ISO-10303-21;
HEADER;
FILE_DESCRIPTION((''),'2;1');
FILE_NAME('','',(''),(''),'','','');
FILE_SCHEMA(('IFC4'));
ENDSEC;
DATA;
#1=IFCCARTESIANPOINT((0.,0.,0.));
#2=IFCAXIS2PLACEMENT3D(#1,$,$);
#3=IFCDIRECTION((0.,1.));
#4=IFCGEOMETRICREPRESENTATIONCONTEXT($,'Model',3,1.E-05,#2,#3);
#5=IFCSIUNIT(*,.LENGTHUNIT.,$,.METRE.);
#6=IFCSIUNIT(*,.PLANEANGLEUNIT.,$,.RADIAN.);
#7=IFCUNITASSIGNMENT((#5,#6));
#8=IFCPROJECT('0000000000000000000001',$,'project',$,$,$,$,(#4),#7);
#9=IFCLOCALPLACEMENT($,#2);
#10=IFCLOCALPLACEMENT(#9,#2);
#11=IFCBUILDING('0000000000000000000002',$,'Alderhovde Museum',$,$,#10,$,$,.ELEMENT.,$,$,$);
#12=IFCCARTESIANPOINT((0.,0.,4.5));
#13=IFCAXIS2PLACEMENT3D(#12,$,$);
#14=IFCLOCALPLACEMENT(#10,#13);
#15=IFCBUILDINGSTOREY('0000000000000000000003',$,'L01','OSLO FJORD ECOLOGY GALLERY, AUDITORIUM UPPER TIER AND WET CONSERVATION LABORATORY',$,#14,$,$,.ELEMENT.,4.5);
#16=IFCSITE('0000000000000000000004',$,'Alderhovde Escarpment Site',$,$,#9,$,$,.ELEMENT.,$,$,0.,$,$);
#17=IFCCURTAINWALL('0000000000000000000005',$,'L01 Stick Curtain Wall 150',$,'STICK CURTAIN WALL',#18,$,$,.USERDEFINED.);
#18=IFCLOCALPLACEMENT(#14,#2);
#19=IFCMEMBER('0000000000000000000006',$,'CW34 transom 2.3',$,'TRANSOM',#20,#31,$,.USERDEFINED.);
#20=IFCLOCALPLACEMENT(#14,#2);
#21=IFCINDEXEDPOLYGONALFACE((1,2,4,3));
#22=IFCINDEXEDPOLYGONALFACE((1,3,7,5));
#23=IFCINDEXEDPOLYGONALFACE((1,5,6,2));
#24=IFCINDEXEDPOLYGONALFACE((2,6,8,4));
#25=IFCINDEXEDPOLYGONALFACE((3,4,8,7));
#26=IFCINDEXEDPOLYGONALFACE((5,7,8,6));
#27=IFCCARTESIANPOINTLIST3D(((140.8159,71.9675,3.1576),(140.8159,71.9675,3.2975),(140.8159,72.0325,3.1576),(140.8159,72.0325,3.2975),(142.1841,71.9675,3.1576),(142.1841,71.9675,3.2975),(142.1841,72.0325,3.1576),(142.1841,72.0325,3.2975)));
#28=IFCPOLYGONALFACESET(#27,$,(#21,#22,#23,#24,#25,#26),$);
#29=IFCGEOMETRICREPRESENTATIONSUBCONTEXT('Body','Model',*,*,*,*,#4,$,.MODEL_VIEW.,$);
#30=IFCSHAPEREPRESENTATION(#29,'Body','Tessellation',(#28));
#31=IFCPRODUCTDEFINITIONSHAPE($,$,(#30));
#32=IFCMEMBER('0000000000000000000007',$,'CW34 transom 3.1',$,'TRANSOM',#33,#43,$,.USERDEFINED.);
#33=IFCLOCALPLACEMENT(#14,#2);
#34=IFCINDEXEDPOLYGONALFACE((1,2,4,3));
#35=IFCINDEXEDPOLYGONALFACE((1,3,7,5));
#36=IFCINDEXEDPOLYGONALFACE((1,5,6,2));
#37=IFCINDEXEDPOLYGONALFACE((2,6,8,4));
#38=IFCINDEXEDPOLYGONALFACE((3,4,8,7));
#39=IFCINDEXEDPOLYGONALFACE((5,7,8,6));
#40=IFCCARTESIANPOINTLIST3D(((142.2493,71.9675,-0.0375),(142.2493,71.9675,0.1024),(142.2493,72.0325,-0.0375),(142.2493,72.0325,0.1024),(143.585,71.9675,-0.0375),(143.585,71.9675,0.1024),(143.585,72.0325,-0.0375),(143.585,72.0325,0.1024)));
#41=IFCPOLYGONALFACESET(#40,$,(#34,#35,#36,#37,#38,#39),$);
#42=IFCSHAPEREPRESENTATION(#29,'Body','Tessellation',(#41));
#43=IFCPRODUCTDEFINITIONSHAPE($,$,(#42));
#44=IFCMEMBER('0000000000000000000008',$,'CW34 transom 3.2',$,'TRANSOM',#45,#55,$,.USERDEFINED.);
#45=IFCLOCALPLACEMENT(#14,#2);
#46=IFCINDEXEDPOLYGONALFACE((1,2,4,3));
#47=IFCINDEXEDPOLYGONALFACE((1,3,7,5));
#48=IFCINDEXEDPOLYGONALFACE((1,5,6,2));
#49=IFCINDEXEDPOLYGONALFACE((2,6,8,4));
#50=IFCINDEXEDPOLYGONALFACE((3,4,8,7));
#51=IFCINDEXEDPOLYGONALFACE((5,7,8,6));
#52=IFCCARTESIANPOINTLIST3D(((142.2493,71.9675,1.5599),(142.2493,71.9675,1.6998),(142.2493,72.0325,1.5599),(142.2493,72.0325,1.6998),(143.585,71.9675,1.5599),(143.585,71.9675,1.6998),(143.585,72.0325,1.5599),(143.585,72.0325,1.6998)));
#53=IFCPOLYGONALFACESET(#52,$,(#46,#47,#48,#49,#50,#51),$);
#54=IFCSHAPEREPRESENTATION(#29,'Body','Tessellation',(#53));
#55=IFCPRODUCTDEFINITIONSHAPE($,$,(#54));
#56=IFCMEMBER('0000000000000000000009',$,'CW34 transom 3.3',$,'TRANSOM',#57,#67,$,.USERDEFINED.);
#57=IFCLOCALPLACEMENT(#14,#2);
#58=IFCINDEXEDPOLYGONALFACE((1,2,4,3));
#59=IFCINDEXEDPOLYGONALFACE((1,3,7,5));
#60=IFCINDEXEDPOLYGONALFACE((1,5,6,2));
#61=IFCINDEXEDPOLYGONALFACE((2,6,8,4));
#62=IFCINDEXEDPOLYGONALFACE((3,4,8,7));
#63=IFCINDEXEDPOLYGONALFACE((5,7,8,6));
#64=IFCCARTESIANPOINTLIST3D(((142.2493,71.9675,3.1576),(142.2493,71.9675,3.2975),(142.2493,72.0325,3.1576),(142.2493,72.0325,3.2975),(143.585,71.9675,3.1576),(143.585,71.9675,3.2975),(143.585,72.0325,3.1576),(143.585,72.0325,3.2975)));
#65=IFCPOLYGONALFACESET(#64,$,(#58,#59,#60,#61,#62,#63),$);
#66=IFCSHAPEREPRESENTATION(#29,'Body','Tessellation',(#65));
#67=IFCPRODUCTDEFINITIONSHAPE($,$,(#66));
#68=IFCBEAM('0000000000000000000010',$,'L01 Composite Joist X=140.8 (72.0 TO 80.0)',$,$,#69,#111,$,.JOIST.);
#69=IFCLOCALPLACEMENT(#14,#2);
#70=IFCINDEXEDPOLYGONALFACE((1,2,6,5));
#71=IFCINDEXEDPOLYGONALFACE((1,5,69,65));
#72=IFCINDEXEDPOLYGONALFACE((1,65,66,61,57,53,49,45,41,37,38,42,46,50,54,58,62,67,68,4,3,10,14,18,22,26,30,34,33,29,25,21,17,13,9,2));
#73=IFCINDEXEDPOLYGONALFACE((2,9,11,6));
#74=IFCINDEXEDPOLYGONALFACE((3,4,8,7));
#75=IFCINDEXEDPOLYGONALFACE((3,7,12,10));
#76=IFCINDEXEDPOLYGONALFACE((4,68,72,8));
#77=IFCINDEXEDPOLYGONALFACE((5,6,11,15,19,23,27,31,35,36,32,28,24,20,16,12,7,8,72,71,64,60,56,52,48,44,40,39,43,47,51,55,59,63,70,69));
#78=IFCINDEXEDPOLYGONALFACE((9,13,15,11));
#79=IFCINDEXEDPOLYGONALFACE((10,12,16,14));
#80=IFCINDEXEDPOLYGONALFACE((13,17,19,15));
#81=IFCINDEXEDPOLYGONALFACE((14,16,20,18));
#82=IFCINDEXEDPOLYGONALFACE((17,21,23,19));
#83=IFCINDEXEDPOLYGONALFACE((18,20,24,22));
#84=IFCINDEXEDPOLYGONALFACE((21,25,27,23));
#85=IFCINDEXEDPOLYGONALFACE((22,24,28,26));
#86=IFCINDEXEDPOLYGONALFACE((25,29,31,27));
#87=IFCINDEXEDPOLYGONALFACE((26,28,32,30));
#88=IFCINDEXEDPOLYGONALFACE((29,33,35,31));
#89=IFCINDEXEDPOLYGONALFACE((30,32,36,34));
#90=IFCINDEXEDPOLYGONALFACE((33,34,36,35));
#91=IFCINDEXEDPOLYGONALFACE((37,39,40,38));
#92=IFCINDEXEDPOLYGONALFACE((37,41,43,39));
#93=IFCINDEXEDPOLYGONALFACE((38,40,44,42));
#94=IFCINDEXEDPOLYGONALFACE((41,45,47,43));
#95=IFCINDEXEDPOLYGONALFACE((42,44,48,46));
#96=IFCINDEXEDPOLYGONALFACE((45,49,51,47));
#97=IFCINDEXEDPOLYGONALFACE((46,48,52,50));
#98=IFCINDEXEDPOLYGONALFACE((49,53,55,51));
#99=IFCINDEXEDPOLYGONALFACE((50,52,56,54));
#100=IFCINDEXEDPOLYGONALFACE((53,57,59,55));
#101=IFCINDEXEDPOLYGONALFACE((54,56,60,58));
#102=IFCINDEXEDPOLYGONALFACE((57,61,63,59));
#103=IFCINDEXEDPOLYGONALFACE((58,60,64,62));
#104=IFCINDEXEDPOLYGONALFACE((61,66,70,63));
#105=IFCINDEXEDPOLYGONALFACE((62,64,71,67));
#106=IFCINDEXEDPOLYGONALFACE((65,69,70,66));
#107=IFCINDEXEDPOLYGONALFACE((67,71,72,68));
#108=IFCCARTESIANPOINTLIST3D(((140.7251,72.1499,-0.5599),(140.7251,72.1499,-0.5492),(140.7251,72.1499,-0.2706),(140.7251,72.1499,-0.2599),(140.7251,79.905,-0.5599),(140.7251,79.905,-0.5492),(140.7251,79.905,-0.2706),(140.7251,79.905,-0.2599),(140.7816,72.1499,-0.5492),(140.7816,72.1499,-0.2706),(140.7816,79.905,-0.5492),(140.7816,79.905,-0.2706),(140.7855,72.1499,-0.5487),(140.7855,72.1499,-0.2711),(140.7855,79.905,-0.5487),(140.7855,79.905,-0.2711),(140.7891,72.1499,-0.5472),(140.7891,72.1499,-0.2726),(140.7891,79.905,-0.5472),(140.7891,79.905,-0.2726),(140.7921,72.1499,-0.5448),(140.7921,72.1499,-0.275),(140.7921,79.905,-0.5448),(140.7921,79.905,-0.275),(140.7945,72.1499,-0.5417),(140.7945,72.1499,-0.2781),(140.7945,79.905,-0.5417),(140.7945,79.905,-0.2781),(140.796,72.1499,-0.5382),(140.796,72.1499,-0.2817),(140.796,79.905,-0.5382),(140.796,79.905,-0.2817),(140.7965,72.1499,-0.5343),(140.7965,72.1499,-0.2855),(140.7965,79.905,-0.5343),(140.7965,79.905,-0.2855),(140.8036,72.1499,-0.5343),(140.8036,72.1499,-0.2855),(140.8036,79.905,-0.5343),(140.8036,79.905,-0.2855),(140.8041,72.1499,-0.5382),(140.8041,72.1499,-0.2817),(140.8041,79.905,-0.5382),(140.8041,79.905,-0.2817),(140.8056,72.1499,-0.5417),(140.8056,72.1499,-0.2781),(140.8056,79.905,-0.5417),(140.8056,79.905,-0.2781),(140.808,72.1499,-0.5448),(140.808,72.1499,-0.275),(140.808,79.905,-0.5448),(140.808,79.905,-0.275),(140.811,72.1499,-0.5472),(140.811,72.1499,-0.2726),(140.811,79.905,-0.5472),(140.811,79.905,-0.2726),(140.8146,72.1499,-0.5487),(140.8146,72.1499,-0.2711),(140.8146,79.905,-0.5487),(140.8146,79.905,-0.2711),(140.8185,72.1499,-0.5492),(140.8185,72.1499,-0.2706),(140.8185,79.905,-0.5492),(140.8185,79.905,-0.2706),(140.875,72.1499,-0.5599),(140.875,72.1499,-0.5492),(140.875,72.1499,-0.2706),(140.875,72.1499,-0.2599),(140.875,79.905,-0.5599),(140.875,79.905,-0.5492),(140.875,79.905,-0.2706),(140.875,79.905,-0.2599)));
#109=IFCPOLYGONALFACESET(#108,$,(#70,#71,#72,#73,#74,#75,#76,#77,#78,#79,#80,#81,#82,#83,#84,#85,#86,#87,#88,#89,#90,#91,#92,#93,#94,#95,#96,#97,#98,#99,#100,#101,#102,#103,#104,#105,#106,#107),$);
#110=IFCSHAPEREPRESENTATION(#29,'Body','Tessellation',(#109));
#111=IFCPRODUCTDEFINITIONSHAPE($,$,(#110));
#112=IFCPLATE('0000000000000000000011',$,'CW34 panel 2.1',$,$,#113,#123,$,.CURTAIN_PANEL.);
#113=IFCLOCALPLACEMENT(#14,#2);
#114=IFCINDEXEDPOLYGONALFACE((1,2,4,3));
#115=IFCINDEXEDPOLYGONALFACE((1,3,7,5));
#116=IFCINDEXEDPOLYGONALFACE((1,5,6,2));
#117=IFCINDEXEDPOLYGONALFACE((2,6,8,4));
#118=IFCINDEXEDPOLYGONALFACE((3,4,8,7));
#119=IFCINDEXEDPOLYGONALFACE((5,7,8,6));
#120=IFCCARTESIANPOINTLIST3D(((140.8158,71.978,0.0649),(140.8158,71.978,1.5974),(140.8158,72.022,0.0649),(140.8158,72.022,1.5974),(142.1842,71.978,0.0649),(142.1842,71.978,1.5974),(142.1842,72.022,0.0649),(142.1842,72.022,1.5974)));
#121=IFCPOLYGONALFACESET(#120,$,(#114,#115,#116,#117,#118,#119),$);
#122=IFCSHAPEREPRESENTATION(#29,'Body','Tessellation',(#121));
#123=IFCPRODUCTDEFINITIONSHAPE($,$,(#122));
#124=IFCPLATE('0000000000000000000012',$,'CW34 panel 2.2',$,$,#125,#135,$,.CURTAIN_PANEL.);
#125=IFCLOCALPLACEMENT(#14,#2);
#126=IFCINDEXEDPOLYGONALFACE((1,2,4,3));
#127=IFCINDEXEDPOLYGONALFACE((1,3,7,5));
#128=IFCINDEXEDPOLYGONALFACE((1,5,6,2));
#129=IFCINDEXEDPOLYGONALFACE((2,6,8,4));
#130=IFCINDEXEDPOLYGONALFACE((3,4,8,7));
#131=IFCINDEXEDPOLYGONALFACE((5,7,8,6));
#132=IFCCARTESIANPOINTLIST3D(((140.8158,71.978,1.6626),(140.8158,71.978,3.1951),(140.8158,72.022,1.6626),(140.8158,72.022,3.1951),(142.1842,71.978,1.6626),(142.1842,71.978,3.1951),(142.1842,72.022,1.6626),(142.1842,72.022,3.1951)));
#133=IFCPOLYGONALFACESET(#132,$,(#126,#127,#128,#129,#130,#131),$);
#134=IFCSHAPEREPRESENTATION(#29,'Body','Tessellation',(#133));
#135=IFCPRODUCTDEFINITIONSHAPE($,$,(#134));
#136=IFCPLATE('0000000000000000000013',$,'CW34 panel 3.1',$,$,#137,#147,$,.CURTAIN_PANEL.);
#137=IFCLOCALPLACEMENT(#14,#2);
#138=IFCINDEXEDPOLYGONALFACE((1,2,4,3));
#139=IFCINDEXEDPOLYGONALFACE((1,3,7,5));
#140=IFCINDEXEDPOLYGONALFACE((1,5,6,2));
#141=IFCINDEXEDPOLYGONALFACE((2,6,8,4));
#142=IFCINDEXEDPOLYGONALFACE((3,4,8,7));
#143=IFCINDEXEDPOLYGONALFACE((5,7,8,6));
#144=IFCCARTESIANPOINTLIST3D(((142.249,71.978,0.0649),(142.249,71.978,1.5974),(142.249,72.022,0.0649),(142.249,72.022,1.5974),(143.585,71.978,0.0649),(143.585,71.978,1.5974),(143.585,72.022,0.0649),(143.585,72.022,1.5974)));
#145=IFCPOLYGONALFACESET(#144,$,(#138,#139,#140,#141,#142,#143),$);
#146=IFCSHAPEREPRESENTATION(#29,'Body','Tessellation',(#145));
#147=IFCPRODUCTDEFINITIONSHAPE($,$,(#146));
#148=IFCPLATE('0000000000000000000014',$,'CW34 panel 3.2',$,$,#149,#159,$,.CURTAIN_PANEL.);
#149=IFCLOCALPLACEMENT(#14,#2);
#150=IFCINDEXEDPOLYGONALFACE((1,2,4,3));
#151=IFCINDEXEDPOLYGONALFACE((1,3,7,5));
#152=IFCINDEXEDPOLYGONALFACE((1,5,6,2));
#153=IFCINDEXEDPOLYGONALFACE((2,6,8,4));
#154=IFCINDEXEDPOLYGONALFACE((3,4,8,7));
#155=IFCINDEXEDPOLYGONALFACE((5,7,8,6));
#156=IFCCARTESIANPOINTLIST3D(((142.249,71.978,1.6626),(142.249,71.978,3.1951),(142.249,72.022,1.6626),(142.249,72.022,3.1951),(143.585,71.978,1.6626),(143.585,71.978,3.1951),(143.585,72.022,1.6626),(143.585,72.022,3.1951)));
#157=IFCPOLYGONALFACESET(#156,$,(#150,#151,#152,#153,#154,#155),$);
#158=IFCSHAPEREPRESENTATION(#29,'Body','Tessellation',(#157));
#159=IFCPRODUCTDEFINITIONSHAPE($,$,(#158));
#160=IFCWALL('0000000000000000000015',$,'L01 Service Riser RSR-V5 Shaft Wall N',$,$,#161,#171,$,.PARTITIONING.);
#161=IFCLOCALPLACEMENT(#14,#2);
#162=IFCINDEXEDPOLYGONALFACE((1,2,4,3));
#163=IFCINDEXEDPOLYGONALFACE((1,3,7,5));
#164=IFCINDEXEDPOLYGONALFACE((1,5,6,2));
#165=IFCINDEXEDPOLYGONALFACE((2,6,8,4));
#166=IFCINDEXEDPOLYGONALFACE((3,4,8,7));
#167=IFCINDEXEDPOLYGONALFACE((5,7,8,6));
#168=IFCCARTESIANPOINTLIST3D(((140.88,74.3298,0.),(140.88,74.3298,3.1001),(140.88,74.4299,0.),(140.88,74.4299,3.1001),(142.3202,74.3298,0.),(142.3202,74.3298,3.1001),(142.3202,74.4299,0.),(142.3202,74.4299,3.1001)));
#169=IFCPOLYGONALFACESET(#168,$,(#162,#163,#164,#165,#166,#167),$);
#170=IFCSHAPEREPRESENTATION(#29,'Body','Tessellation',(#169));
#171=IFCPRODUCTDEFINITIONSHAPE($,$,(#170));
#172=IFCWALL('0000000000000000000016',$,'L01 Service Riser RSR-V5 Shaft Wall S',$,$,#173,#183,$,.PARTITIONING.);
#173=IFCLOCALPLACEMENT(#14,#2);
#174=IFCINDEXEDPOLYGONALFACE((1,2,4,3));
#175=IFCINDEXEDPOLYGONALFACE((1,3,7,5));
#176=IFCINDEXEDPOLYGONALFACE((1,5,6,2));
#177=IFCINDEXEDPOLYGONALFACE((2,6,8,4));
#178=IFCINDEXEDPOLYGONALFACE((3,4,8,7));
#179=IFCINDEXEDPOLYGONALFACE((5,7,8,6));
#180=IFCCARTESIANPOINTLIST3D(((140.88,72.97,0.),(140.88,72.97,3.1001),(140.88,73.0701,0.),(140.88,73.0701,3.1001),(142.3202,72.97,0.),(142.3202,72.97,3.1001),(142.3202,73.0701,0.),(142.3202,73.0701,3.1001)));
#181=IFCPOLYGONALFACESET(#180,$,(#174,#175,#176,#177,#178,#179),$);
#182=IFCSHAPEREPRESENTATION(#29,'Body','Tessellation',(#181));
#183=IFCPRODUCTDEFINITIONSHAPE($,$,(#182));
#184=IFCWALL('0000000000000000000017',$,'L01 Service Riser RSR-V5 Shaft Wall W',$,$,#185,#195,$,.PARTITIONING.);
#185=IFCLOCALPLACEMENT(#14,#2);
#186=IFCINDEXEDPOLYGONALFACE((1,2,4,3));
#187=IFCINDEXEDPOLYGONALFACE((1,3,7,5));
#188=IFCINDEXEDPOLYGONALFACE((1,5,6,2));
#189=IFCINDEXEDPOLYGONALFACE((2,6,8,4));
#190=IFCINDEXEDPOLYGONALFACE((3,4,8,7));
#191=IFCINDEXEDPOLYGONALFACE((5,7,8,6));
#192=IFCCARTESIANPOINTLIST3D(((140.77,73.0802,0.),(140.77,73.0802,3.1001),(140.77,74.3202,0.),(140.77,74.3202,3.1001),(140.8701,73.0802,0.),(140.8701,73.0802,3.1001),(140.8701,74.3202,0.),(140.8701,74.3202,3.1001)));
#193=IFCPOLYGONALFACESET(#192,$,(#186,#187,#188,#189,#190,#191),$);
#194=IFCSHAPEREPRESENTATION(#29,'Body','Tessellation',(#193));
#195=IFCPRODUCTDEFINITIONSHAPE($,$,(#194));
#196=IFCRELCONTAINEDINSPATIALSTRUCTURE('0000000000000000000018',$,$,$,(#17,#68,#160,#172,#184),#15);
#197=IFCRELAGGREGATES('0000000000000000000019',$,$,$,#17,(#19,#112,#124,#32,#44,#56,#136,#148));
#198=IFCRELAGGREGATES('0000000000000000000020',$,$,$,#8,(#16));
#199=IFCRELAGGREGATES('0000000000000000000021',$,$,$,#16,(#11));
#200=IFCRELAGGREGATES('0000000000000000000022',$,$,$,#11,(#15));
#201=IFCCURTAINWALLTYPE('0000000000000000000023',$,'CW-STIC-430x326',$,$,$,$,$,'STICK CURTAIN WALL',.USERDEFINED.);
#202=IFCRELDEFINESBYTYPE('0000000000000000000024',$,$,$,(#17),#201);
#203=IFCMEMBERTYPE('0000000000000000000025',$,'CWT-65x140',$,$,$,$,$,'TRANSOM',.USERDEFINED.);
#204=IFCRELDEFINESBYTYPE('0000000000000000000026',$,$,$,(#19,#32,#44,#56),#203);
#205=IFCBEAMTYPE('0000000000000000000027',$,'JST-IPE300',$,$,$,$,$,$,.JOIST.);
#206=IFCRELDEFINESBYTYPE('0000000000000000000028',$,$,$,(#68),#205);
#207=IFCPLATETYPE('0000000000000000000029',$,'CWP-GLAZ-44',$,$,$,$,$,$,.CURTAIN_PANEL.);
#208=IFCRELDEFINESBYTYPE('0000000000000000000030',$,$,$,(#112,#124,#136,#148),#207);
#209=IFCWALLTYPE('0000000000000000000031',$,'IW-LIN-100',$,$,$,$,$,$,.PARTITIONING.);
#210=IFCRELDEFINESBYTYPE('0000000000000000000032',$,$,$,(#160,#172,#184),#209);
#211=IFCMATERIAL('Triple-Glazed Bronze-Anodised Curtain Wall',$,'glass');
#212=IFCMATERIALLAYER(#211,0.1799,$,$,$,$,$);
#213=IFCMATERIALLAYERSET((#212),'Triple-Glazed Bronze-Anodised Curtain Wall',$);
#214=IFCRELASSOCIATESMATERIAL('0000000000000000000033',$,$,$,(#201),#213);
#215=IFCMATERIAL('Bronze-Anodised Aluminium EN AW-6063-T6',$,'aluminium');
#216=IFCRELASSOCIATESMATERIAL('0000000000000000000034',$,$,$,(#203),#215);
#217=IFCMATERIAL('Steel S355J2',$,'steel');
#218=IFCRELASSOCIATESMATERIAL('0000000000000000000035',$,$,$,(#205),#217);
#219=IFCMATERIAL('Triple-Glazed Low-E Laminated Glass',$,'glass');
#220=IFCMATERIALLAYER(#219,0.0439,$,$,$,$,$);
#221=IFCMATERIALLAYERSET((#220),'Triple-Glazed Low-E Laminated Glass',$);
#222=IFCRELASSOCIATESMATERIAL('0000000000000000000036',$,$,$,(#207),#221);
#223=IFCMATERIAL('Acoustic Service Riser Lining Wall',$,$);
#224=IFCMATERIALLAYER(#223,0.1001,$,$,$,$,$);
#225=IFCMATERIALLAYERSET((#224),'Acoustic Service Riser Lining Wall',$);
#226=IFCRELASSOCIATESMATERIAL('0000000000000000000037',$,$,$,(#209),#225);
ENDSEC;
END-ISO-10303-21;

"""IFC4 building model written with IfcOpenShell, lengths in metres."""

from ifc_helpers import new_model, si_unit, direction, frame, frame_2d, origin, origin_2d, place, context, subcontext, project, spatial, rectangle, i_section, extrude, material, layer, layer_set, material_profile, profile_set, type_object, element, aggregate, save


model = new_model("IFC4")

# Units and contexts
model_context = context("Model", 3, precision=1e-05, world=origin(), true_north=direction((0.0, 1.0)))
body_context = subcontext(model_context, "Body", "Model", "MODEL_VIEW")
ifc_project = project(units=[si_unit("LENGTHUNIT", "METRE"), si_unit("PLANEANGLEUNIT", "RADIAN")], contexts=[model_context])

# Site, building, storey
site_placement = place(None, origin())
site = spatial("IfcSite", under=ifc_project, at=site_placement, Name="Alderhovde Escarpment Site", CompositionType="ELEMENT", RefElevation=0.0)
building_placement = place(site_placement, origin())
building = spatial("IfcBuilding", under=site, at=building_placement, Name="Alderhovde Museum", CompositionType="ELEMENT")
storey_placement = place(building_placement, frame((0.0, 0.0, 4.5)))
storey = spatial("IfcBuildingStorey", under=building, at=storey_placement, Name="L01", Description="OSLO FJORD ECOLOGY GALLERY, AUDITORIUM UPPER TIER AND WET CONSERVATION LABORATORY", CompositionType="ELEMENT", Elevation=4.5)

# Curtain wall, members
ifc_material_1 = material(Name="Triple-Glazed Bronze-Anodised Curtain Wall", Category="glass")
ifc_layer_1 = layer(ifc_material_1, 0.1799)
ifc_layer_set_1 = layer_set([ifc_layer_1], Name="Triple-Glazed Bronze-Anodised Curtain Wall")
curtain_wall_type = type_object("IfcCurtainWallType", Name="CW-STIC-430x326", ElementType="STICK CURTAIN WALL", PredefinedType="USERDEFINED", material=ifc_layer_set_1)
curtain_wall_placement = place(storey_placement, origin())
curtain_wall = element("IfcCurtainWall", 1, at=curtain_wall_placement, inside=storey, type_object=curtain_wall_type, Name="L01 Stick Curtain Wall 150", ObjectType="STICK CURTAIN WALL", PredefinedType="USERDEFINED")
ifc_material_2 = material(Name="Bronze-Anodised Aluminium EN AW-6063-T6", Category="aluminium")
ifc_material_profile_1 = material_profile(ifc_material_2, rectangle(XDim=0.0649, YDim=0.1399, at=origin_2d()), Name="TRANSOM 65x140")
ifc_profile_set_1 = profile_set([ifc_material_profile_1], Name="Bronze-Anodised Aluminium EN AW-6063-T6")
member_type_1 = type_object("IfcMemberType", Name="CWT-65x140", ElementType="TRANSOM", PredefinedType="USERDEFINED", material=ifc_profile_set_1)
member_1_placement = place(storey_placement, frame((140.8159, 72.0, 3.2275), z_axis=(1.0, 0.0, 0.0), x_axis=(0.0, 1.0, 0.0)))
member_1 = element("IfcMember", 2, at=member_1_placement, type_object=member_type_1, Name="CW34 transom 2.3", ObjectType="TRANSOM", PredefinedType="USERDEFINED", context=body_context, shape_type="SweptSolid", body=[
    extrude(rectangle(XDim=0.0649, YDim=0.1399, at=origin_2d()), origin(), (0.0, 0.0, 1.0), 1.3682),
])
member_2_placement = place(storey_placement, frame((142.2493, 72.0, 0.0325), z_axis=(1.0, 0.0, 0.0), x_axis=(0.0, 1.0, 0.0)))
member_2 = element("IfcMember", 3, at=member_2_placement, type_object=member_type_1, Name="CW34 transom 3.1", ObjectType="TRANSOM", PredefinedType="USERDEFINED", context=body_context, shape_type="SweptSolid", body=[
    extrude(rectangle(XDim=0.0649, YDim=0.1399, at=origin_2d()), origin(), (0.0, 0.0, 1.0), 1.3357),
])
member_3_placement = place(storey_placement, frame((142.2493, 72.0, 1.6299), z_axis=(1.0, 0.0, 0.0), x_axis=(0.0, 1.0, 0.0)))
member_3 = element("IfcMember", 4, at=member_3_placement, type_object=member_type_1, Name="CW34 transom 3.2", ObjectType="TRANSOM", PredefinedType="USERDEFINED", context=body_context, shape_type="SweptSolid", body=[
    extrude(rectangle(XDim=0.0649, YDim=0.1399, at=origin_2d()), origin(), (0.0, 0.0, 1.0), 1.3357),
])
member_4_placement = place(storey_placement, frame((142.2493, 72.0, 3.2275), z_axis=(1.0, 0.0, 0.0), x_axis=(0.0, 1.0, 0.0)))
member_4 = element("IfcMember", 5, at=member_4_placement, type_object=member_type_1, Name="CW34 transom 3.3", ObjectType="TRANSOM", PredefinedType="USERDEFINED", context=body_context, shape_type="SweptSolid", body=[
    extrude(rectangle(XDim=0.0649, YDim=0.1399, at=origin_2d()), origin(), (0.0, 0.0, 1.0), 1.3357),
])

# Beam
ifc_material_3 = material(Name="Steel S355J2", Category="steel")
ifc_material_profile_2 = material_profile(ifc_material_3, i_section(OverallWidth=0.1499, OverallDepth=0.3, WebThickness=0.0071, FlangeThickness=0.0107, FilletRadius=0.0149, at=origin_2d()), Name="IPE 300")
ifc_profile_set_2 = profile_set([ifc_material_profile_2], Name="Steel S355J2")
beam_type_1 = type_object("IfcBeamType", Name="JST-IPE300", PredefinedType="JOIST", material=ifc_profile_set_2)
beam_placement = place(storey_placement, frame((140.8, 72.1499, -0.4099), z_axis=(0.0, 1.0, 0.0), x_axis=(-1.0, 0.0, 0.0)))
element("IfcBeam", 6, at=beam_placement, inside=storey, type_object=beam_type_1, Name="L01 Composite Joist X=140.8 (72.0 TO 80.0)", PredefinedType="JOIST", context=body_context, shape_type="SweptSolid", body=[
    extrude(i_section(OverallWidth=0.1499, OverallDepth=0.3, WebThickness=0.0071, FlangeThickness=0.0107, FilletRadius=0.0149, at=origin_2d()), origin(), (0.0, 0.0, 1.0), 7.7551),
])

# Plates
ifc_material_4 = material(Name="Triple-Glazed Low-E Laminated Glass", Category="glass")
ifc_layer_2 = layer(ifc_material_4, 0.0439)
ifc_layer_set_2 = layer_set([ifc_layer_2], Name="Triple-Glazed Low-E Laminated Glass")
plate_type = type_object("IfcPlateType", Name="CWP-GLAZ-44", PredefinedType="CURTAIN_PANEL", material=ifc_layer_set_2)
plate_1_placement = place(storey_placement, frame((141.5, 72.0, 0.0649), z_axis=(0.0, 0.0, 1.0), x_axis=(1.0, 0.0, 0.0)))
plate_1 = element("IfcPlate", 7, at=plate_1_placement, type_object=plate_type, Name="CW34 panel 2.1", PredefinedType="CURTAIN_PANEL", context=body_context, shape_type="SweptSolid", body=[
    extrude(rectangle(XDim=1.3684, YDim=0.0439, at=origin_2d()), origin(), (0.0, 0.0, 1.0), 1.5325),
])
plate_2_placement = place(storey_placement, frame((141.5, 72.0, 1.6626), z_axis=(0.0, 0.0, 1.0), x_axis=(1.0, 0.0, 0.0)))
plate_2 = element("IfcPlate", 8, at=plate_2_placement, type_object=plate_type, Name="CW34 panel 2.2", PredefinedType="CURTAIN_PANEL", context=body_context, shape_type="SweptSolid", body=[
    extrude(rectangle(XDim=1.3684, YDim=0.0439, at=origin_2d()), origin(), (0.0, 0.0, 1.0), 1.5325),
])
plate_3_placement = place(storey_placement, frame((142.917, 72.0, 0.0649), z_axis=(0.0, 0.0, 1.0), x_axis=(1.0, 0.0, 0.0)))
plate_3 = element("IfcPlate", 9, at=plate_3_placement, type_object=plate_type, Name="CW34 panel 3.1", PredefinedType="CURTAIN_PANEL", context=body_context, shape_type="SweptSolid", body=[
    extrude(rectangle(XDim=1.3359, YDim=0.0439, at=origin_2d()), origin(), (0.0, 0.0, 1.0), 1.5325),
])
plate_4_placement = place(storey_placement, frame((142.917, 72.0, 1.6626), z_axis=(0.0, 0.0, 1.0), x_axis=(1.0, 0.0, 0.0)))
plate_4 = element("IfcPlate", 10, at=plate_4_placement, type_object=plate_type, Name="CW34 panel 3.2", PredefinedType="CURTAIN_PANEL", context=body_context, shape_type="SweptSolid", body=[
    extrude(rectangle(XDim=1.3359, YDim=0.0439, at=origin_2d()), origin(), (0.0, 0.0, 1.0), 1.5325),
])
aggregate(curtain_wall, [member_1, plate_1, plate_2, member_2, member_3, member_4, plate_3, plate_4])

# Walls
ifc_material_5 = material(Name="Acoustic Service Riser Lining Wall")
ifc_layer_3 = layer(ifc_material_5, 0.1001)
ifc_layer_set_3 = layer_set([ifc_layer_3], Name="Acoustic Service Riser Lining Wall")
wall_type_1 = type_object("IfcWallType", Name="IW-LIN-100", PredefinedType="PARTITIONING", material=ifc_layer_set_3)
for number, where, z_axis, x_axis, name in (
    (11, (140.8799, 74.3799, 0.0), (0.0, 0.0, 1.0), (1.0, 0.0, 0.0), "L01 Service Riser RSR-V5 Shaft Wall N"),
    (12, (140.8799, 73.02, 0.0), (0.0, 0.0, 1.0), (1.0, 0.0, 0.0), "L01 Service Riser RSR-V5 Shaft Wall S"),
):
    element("IfcWall", number, at=place(storey_placement, frame(where, z_axis=z_axis, x_axis=x_axis)), inside=storey, type_object=wall_type_1, Name=name, PredefinedType="PARTITIONING", context=body_context, shape_type="SweptSolid", body=[
        extrude(rectangle(XDim=1.4402, YDim=0.1001, at=frame_2d((0.7202, 0.0))), origin(), (0.0, 0.0, 1.0), 3.1001),
    ])
for number, where, z_axis, x_axis, name in (
    (13, (140.8201, 73.0801, 0.0), (0.0, 0.0, 1.0), (0.0, 1.0, 0.0), "L01 Service Riser RSR-V5 Shaft Wall W"),
):
    element("IfcWall", number, at=place(storey_placement, frame(where, z_axis=z_axis, x_axis=x_axis)), inside=storey, type_object=wall_type_1, Name=name, PredefinedType="PARTITIONING", context=body_context, shape_type="SweptSolid", body=[
        extrude(rectangle(XDim=1.24, YDim=0.1001, at=frame_2d((0.6201, 0.0))), origin(), (0.0, 0.0, 1.0), 3.1001),
    ])

save(model, "model.ifc")
